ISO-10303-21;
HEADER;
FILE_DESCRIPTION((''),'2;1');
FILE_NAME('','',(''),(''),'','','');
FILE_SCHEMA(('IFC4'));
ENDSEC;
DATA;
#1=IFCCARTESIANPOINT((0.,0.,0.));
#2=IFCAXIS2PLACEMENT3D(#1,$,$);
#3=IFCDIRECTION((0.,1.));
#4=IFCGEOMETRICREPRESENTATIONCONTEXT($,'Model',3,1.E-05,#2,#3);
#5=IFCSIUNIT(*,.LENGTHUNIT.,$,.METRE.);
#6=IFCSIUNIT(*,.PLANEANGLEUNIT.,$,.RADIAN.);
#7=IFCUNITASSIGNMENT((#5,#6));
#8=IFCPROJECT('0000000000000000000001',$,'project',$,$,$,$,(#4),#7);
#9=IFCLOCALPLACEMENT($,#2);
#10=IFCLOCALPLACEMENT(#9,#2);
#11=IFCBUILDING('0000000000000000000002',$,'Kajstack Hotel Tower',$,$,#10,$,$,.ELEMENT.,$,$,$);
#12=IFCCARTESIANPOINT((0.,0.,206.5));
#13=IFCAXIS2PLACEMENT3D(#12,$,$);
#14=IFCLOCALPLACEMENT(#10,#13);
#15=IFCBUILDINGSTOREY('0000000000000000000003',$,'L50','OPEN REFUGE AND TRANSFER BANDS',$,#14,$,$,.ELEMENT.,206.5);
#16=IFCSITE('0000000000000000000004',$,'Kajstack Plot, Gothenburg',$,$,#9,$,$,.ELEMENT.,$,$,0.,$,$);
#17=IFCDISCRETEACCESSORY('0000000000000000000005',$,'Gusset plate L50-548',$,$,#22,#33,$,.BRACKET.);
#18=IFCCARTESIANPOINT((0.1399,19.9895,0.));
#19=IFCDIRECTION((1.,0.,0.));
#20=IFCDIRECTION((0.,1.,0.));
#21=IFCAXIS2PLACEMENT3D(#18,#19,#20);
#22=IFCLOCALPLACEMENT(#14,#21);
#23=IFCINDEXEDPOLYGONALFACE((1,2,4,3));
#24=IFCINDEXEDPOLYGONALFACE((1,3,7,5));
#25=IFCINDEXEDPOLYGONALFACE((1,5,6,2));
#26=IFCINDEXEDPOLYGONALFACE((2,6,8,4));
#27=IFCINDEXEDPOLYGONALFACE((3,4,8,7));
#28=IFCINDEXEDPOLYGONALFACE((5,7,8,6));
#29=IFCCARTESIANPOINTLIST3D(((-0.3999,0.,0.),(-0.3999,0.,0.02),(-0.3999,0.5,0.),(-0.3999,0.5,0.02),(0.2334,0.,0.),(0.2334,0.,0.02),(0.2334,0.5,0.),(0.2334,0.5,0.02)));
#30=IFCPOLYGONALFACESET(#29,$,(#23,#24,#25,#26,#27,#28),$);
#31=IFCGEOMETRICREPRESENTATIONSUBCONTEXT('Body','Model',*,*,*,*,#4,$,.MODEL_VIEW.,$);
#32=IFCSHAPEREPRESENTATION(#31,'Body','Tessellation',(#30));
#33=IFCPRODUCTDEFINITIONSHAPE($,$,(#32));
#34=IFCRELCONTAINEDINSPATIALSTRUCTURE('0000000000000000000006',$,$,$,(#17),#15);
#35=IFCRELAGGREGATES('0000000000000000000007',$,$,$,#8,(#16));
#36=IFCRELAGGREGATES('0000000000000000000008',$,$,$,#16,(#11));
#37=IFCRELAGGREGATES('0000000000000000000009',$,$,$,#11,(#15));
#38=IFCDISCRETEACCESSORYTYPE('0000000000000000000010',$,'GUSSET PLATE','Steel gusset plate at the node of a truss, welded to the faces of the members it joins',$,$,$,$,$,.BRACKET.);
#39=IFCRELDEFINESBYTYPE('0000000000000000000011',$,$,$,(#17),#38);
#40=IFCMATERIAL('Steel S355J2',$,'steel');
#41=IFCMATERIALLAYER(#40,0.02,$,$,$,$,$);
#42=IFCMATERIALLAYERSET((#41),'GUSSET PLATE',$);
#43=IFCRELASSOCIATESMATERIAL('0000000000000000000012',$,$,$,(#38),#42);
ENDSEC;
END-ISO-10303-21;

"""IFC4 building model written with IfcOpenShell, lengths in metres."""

from ifc_helpers import new_model, si_unit, direction, frame, origin, place, context, subcontext, project, spatial, polyline, outline, extrude, material, layer, layer_set, type_object, element, save


model = new_model("IFC4")

# Units and contexts
model_context = context("Model", 3, precision=1e-05, world=origin(), true_north=direction((0.0, 1.0)))
body_context = subcontext(model_context, "Body", "Model", "MODEL_VIEW")
ifc_project = project(units=[si_unit("LENGTHUNIT", "METRE"), si_unit("PLANEANGLEUNIT", "RADIAN")], contexts=[model_context])

# Site, building, storey
site_placement = place(None, origin())
site = spatial("IfcSite", under=ifc_project, at=site_placement, Name="Kajstack Plot, Gothenburg", CompositionType="ELEMENT", RefElevation=0.0)
building_placement = place(site_placement, origin())
building = spatial("IfcBuilding", under=site, at=building_placement, Name="Kajstack Hotel Tower", CompositionType="ELEMENT")
storey_placement = place(building_placement, frame((0.0, 0.0, 206.5)))
storey = spatial("IfcBuildingStorey", under=building, at=storey_placement, Name="L50", Description="OPEN REFUGE AND TRANSFER BANDS", CompositionType="ELEMENT", Elevation=206.5)

# Shared definitions
ifc_material = material(Name="Steel S355J2", Category="steel")

# Discrete accessory
ifc_layer = layer(ifc_material, 0.02)
ifc_layer_set = layer_set([ifc_layer], Name="GUSSET PLATE")
discrete_accessory_type = type_object("IfcDiscreteAccessoryType", Name="GUSSET PLATE", Description="Steel gusset plate at the node of a truss, welded to the faces of the members it joins", PredefinedType="BRACKET", material=ifc_layer_set)
discrete_accessory_1_placement = place(storey_placement, frame((0.1399, 19.9895, 0.0), z_axis=(1.0, 0.0, 0.0), x_axis=(0.0, 1.0, 0.0)))
element("IfcDiscreteAccessory", 1, at=discrete_accessory_1_placement, inside=storey, type_object=discrete_accessory_type, Name="Gusset plate L50-548", PredefinedType="BRACKET", context=body_context, shape_type="SweptSolid", body=[
    extrude(outline(polyline([(-0.3999, 0.0), (0.2334, 0.0), (0.2334, 0.5), (-0.3999, 0.5), (-0.3999, 0.0)])), origin(), (0.0, 0.0, 1.0), 0.02),
])

save(model, "model.ifc")
